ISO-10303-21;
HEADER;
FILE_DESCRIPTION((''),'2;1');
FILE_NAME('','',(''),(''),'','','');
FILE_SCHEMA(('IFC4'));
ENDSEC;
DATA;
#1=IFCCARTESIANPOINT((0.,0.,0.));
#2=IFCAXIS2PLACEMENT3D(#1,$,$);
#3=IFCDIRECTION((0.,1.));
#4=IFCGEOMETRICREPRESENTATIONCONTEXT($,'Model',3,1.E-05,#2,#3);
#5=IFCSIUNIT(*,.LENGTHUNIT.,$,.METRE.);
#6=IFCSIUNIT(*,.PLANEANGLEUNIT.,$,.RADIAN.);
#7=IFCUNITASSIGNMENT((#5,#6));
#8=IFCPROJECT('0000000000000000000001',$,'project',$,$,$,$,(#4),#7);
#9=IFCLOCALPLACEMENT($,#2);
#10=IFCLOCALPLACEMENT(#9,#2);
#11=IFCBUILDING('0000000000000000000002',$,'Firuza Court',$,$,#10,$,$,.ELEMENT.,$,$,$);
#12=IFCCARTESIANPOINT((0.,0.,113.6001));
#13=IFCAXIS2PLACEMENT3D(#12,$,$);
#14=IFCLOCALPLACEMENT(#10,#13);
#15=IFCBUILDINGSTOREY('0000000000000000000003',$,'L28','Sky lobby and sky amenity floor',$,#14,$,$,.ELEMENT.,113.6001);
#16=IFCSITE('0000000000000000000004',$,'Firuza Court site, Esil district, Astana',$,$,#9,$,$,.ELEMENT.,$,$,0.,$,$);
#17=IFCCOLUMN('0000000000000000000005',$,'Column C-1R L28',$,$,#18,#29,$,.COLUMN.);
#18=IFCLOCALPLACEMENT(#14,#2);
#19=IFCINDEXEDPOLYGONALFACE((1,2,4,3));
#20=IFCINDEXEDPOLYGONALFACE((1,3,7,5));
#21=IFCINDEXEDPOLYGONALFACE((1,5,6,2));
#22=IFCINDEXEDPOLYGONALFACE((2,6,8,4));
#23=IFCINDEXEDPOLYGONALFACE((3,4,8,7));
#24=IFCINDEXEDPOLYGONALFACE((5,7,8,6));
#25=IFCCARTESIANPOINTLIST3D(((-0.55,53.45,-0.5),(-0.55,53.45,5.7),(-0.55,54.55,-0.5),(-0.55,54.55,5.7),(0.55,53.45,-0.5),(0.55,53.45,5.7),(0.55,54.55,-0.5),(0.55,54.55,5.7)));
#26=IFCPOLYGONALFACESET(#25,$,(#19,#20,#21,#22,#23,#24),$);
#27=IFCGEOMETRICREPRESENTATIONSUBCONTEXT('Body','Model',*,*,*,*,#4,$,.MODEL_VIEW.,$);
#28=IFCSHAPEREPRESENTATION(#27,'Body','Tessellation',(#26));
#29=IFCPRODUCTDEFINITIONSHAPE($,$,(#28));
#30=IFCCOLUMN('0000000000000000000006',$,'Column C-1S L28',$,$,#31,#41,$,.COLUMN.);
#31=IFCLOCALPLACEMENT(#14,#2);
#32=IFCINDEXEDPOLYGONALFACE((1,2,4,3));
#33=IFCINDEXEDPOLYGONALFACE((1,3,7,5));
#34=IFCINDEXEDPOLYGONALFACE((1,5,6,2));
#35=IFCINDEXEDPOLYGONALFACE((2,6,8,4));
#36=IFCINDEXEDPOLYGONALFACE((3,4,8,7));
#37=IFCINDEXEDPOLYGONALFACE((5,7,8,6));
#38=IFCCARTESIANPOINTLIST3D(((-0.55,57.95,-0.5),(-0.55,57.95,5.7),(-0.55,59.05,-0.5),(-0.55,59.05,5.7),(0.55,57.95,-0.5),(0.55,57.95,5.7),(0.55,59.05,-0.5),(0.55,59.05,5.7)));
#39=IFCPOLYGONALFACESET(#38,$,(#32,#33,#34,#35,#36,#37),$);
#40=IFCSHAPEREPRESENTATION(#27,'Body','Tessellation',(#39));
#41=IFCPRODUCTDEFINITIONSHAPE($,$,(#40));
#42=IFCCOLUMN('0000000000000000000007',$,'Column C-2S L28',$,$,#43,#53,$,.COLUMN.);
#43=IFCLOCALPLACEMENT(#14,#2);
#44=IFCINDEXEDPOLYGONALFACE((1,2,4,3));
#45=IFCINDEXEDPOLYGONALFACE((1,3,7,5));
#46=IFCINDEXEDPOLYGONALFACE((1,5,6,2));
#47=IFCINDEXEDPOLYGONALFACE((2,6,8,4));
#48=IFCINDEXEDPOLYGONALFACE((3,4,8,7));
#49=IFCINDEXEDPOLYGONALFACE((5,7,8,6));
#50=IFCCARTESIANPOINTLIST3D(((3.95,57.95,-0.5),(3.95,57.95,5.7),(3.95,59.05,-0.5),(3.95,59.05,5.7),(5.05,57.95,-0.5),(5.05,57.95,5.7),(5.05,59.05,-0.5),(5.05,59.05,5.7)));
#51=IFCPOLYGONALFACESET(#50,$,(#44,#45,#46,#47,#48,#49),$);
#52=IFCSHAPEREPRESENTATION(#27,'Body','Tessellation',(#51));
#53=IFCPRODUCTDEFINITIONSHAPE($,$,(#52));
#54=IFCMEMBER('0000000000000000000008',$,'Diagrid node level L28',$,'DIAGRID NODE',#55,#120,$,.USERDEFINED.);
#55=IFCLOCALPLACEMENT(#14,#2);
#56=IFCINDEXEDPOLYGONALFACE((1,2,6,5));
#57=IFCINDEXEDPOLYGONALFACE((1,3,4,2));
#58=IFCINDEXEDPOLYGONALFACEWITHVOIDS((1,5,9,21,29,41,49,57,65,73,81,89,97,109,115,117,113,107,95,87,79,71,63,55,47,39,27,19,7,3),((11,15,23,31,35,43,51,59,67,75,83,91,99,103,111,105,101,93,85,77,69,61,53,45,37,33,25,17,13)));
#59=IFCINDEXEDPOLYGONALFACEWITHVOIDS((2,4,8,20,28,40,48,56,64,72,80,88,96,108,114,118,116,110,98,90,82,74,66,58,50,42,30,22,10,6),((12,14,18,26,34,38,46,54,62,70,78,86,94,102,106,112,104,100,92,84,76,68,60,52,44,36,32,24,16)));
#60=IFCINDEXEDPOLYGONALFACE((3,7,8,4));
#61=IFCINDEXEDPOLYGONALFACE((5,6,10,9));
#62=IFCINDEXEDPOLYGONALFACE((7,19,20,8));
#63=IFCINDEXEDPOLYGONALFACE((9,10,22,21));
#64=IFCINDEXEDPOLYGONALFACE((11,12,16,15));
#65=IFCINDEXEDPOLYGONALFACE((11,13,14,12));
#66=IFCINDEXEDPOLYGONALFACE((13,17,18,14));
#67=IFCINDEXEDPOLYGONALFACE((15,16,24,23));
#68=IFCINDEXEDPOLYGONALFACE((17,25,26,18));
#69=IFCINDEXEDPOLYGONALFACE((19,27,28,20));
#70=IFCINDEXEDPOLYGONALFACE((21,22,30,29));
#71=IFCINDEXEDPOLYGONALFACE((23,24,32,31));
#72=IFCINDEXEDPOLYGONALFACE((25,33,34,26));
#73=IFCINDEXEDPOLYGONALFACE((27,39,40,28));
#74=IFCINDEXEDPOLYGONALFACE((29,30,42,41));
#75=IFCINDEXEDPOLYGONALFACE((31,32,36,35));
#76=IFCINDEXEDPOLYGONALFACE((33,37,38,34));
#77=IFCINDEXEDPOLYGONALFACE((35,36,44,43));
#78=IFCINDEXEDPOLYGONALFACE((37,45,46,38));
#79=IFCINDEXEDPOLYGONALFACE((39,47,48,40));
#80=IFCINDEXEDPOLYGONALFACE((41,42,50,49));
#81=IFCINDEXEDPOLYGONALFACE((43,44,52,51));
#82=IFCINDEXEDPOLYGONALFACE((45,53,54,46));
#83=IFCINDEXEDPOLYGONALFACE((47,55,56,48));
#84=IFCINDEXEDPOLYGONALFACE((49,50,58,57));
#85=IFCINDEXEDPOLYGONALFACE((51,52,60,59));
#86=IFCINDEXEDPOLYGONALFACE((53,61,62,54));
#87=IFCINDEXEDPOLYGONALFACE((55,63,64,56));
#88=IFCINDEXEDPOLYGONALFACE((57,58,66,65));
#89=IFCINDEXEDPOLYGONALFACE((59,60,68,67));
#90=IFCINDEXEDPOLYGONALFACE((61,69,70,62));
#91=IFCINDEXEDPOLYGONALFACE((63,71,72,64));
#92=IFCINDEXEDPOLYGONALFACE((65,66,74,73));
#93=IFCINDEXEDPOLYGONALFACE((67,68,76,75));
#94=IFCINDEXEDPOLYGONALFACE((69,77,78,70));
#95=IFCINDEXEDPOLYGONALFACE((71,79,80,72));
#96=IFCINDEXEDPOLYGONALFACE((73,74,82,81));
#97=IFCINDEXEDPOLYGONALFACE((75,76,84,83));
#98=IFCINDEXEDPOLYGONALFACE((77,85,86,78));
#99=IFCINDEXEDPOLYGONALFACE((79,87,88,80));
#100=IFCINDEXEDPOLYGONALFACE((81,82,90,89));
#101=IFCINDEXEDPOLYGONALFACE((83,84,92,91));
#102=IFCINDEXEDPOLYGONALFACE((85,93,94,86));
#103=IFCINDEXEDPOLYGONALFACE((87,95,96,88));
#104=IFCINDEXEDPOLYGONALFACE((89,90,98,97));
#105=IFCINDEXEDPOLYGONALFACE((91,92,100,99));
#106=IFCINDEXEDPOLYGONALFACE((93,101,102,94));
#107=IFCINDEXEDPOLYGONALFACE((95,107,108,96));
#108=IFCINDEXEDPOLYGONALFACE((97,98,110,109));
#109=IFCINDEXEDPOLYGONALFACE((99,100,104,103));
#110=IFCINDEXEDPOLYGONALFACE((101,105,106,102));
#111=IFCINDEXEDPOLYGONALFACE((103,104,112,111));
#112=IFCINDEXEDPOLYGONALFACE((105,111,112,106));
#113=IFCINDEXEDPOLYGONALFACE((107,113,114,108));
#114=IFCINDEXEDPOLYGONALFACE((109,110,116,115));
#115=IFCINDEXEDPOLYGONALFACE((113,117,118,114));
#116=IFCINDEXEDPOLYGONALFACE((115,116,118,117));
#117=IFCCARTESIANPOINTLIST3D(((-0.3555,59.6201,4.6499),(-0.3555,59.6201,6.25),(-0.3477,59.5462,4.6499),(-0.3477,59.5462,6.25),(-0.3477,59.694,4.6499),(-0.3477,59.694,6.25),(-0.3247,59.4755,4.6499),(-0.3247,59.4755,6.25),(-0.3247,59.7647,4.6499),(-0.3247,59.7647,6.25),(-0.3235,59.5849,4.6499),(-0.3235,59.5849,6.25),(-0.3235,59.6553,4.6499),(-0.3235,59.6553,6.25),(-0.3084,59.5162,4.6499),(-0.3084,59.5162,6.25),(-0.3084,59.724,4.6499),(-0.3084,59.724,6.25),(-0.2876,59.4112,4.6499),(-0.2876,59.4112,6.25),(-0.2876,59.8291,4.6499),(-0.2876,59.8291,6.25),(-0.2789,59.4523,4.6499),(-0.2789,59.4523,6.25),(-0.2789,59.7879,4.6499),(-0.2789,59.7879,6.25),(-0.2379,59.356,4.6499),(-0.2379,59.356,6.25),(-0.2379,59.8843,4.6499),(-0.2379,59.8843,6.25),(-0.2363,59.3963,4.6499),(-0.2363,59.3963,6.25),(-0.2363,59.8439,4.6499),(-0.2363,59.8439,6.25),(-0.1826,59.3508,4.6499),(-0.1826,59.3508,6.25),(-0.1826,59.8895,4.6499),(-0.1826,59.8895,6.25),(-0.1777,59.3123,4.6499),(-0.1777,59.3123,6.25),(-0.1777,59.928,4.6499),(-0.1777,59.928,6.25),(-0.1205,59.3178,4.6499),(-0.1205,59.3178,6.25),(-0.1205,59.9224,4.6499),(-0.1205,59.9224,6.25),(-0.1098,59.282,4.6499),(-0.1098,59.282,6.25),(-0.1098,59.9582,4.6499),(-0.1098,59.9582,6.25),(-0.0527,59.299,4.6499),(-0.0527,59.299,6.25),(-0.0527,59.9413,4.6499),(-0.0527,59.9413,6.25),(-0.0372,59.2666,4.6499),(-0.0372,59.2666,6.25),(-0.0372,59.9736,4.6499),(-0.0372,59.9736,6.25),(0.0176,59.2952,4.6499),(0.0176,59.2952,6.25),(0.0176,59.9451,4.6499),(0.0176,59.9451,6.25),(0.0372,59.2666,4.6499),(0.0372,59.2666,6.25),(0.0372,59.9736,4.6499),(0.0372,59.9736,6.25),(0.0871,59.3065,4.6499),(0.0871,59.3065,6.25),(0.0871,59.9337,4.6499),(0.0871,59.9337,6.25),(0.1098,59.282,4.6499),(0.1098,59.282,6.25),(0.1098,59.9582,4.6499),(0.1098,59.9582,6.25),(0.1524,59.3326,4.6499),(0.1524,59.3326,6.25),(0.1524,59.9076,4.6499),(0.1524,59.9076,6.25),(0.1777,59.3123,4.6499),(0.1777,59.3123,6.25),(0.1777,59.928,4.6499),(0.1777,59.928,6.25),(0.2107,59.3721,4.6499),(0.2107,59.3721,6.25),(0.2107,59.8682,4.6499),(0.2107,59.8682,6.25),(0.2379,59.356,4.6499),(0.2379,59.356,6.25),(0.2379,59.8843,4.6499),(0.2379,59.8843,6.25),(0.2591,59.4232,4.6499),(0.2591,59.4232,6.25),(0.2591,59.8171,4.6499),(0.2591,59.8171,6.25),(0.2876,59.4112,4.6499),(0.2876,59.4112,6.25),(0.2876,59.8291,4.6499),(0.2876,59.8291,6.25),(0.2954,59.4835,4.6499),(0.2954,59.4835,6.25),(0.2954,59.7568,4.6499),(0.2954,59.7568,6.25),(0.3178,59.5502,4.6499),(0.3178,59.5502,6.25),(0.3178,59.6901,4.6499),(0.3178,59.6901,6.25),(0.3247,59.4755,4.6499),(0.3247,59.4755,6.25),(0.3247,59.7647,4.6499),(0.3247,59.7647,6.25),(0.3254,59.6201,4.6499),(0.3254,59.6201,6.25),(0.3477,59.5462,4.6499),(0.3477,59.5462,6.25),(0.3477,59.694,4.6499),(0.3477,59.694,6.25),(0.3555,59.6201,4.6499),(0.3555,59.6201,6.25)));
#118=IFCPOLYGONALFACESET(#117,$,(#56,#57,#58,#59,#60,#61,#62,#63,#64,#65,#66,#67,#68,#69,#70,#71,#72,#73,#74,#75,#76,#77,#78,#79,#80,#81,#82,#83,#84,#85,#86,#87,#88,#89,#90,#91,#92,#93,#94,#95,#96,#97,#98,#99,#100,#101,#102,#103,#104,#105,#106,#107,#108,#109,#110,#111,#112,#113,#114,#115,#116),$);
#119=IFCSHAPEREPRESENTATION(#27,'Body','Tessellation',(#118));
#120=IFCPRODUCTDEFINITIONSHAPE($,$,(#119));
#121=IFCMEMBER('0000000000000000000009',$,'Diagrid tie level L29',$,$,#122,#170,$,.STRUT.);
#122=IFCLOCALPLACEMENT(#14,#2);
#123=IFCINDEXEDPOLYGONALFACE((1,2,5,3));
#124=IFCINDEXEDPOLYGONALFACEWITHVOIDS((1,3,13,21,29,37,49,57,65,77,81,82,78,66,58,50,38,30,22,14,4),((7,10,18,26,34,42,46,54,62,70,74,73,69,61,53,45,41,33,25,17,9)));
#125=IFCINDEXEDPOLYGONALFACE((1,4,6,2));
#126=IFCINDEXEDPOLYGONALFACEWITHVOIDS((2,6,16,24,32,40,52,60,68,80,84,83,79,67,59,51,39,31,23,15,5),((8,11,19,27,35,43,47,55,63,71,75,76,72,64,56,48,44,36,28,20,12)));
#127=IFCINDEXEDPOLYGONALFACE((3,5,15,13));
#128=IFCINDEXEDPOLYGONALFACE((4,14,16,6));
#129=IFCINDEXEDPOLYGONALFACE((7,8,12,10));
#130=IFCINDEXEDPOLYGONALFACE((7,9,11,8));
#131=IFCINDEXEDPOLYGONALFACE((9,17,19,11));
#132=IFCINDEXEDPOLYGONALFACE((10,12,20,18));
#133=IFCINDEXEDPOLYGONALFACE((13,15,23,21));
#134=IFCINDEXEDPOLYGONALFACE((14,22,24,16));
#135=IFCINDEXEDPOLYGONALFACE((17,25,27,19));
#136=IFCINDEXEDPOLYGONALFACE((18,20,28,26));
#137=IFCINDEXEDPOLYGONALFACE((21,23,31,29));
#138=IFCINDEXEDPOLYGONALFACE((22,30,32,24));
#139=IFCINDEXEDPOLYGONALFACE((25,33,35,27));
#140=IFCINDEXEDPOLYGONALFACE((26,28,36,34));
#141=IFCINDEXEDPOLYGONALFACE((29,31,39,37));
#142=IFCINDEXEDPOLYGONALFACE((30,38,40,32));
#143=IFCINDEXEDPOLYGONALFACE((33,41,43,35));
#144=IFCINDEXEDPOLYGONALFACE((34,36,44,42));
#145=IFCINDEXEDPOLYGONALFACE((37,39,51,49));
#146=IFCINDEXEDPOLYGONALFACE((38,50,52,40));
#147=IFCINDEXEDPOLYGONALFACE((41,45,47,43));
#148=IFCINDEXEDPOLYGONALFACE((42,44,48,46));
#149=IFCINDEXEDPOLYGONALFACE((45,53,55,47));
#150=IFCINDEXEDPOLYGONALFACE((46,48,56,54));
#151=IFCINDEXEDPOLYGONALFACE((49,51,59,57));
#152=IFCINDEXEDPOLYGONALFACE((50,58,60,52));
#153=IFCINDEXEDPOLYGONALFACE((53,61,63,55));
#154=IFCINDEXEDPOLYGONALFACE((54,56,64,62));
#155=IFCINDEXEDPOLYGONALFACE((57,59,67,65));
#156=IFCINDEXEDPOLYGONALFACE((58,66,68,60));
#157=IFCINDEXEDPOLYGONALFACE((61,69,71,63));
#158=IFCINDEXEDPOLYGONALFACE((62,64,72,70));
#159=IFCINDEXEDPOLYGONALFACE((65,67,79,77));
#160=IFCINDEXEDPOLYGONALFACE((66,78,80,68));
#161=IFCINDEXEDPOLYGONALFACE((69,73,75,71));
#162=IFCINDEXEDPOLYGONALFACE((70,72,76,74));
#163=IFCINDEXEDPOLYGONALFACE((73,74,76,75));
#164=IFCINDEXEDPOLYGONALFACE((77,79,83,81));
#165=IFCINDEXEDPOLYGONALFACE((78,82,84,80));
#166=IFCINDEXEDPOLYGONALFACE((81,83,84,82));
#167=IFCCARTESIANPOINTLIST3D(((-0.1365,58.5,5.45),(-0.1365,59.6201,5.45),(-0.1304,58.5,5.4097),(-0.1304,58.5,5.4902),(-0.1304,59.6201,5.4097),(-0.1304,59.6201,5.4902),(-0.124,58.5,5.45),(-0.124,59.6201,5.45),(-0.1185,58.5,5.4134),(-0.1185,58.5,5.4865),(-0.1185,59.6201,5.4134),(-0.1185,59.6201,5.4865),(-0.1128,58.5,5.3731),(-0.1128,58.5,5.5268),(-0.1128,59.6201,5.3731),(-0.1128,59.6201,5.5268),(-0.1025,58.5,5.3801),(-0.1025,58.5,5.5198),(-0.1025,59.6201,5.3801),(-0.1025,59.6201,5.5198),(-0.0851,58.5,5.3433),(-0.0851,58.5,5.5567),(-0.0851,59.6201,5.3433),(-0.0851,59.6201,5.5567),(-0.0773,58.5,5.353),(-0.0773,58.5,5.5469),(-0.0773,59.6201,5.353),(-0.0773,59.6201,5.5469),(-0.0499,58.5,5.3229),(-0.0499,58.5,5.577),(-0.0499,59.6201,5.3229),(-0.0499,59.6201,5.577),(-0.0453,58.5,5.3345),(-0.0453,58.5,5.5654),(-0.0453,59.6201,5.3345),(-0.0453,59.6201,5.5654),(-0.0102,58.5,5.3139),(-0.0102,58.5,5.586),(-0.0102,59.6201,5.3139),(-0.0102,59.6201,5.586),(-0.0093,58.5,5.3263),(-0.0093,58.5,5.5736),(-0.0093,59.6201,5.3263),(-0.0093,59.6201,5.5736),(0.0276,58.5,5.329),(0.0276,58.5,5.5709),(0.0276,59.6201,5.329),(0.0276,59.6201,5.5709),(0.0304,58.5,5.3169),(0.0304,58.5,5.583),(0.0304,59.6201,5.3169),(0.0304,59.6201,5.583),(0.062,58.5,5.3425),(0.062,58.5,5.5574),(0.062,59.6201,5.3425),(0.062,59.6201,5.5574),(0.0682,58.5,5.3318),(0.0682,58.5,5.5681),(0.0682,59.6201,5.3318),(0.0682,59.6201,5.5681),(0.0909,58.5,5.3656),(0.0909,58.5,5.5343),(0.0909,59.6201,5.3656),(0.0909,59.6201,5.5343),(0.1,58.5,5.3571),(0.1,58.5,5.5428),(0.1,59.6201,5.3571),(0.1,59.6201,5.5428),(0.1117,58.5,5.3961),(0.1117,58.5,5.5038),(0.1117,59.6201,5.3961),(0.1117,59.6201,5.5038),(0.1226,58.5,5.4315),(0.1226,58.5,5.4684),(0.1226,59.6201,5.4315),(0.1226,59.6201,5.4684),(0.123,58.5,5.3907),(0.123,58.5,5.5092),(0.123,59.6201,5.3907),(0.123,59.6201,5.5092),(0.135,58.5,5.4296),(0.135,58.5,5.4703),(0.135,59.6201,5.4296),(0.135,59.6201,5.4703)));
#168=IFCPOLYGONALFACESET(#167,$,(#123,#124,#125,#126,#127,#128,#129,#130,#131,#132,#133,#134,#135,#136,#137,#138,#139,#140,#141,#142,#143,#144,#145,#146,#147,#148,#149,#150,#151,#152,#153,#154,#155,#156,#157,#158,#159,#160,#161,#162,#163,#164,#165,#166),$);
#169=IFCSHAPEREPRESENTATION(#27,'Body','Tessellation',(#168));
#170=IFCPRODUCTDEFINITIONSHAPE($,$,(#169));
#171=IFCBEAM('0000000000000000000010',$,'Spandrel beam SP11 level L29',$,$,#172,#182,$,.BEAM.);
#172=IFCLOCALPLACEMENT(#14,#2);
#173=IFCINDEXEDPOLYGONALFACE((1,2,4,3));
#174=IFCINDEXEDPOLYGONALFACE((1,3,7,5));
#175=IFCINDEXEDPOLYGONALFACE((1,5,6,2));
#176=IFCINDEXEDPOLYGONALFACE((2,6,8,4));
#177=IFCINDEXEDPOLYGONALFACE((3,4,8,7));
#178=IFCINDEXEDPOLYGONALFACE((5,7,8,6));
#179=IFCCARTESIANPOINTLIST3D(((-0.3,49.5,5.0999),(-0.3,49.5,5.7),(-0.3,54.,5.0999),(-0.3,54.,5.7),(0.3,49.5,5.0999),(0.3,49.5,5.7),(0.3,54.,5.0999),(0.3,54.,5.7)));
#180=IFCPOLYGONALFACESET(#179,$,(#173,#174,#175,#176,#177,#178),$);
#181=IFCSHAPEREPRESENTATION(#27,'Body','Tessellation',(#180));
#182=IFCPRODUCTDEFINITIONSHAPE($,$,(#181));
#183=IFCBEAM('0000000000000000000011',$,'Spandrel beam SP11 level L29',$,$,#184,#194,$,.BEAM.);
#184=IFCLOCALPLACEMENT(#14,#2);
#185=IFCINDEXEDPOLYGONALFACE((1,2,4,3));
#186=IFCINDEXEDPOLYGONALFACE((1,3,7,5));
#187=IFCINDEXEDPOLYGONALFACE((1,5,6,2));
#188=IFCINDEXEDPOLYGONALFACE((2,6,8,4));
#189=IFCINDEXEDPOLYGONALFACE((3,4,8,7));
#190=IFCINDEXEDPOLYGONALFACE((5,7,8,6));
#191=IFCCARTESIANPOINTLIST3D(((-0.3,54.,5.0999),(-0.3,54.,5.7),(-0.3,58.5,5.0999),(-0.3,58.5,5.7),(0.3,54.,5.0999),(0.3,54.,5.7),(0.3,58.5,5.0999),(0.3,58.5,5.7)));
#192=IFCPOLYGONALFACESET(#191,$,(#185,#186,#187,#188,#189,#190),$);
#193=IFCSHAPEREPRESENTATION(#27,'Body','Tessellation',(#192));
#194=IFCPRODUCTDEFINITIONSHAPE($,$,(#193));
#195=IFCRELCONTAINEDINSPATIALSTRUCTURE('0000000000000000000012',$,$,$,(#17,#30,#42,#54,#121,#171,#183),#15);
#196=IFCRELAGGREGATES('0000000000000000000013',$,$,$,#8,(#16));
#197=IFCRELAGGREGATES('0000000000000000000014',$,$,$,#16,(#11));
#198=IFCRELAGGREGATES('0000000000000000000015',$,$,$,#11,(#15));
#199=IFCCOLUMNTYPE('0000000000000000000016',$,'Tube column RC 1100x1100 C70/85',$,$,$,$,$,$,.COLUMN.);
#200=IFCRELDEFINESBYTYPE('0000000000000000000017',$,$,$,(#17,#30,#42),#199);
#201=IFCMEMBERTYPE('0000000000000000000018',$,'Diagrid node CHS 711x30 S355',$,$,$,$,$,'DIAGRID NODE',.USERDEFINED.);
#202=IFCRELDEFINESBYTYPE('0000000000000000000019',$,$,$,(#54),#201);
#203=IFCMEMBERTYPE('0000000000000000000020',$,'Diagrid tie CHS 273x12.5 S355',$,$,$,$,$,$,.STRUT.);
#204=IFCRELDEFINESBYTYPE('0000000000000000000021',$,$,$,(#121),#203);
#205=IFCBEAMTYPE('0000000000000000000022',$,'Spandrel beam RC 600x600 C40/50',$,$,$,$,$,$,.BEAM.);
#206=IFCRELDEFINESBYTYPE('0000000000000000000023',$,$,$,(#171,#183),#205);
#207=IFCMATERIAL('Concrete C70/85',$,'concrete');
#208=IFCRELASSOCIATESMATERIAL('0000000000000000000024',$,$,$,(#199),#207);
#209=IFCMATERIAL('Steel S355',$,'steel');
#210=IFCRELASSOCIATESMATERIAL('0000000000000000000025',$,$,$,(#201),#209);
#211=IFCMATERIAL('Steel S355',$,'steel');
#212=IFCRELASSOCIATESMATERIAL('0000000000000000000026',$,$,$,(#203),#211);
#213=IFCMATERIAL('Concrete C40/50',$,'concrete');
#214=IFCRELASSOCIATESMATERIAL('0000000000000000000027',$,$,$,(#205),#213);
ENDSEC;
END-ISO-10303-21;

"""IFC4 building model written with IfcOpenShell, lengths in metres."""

from ifc_helpers import new_model, si_unit, direction, frame, origin, origin_2d, place, context, subcontext, project, spatial, rectangle, hollow_circle, extrude, material, material_profile, profile_set, type_object, element, save


model = new_model("IFC4")

# Units and contexts
model_context = context("Model", 3, precision=1e-05, world=origin(), true_north=direction((0.0, 1.0)))
body_context = subcontext(model_context, "Body", "Model", "MODEL_VIEW")
ifc_project = project(units=[si_unit("LENGTHUNIT", "METRE"), si_unit("PLANEANGLEUNIT", "RADIAN")], contexts=[model_context])

# Site, building, storey
site_placement = place(None, origin())
site = spatial("IfcSite", under=ifc_project, at=site_placement, Name="Firuza Court site, Esil district, Astana", CompositionType="ELEMENT", RefElevation=0.0)
building_placement = place(site_placement, origin())
building = spatial("IfcBuilding", under=site, at=building_placement, Name="Firuza Court", CompositionType="ELEMENT")
storey_placement = place(building_placement, frame((0.0, 0.0, 113.6001)))
storey = spatial("IfcBuildingStorey", under=building, at=storey_placement, Name="L28", Description="Sky lobby and sky amenity floor", CompositionType="ELEMENT", Elevation=113.6001)

# Columns
ifc_material_1 = material(Name="Concrete C70/85", Category="concrete")
ifc_material_profile_1 = material_profile(ifc_material_1, rectangle(XDim=1.1001, YDim=1.1001, at=origin_2d()), Name="RC 1100x1100")
ifc_profile_set_1 = profile_set([ifc_material_profile_1], Name="Concrete C70/85")
column_type = type_object("IfcColumnType", Name="Tube column RC 1100x1100 C70/85", PredefinedType="COLUMN", material=ifc_profile_set_1)
for number, where, z_axis, x_axis, name in (
    (1, (0.0, 54.0, -0.5), (0.0, 0.0, 1.0), (1.0, 0.0, 0.0), "Column C-1R L28"),
    (2, (0.0, 58.5, -0.5), (0.0, 0.0, 1.0), (1.0, 0.0, 0.0), "Column C-1S L28"),
    (3, (4.5, 58.5, -0.5), (0.0, 0.0, 1.0), (1.0, 0.0, 0.0), "Column C-2S L28"),
):
    element("IfcColumn", number, at=place(storey_placement, frame(where, z_axis=z_axis, x_axis=x_axis)), inside=storey, type_object=column_type, Name=name, PredefinedType="COLUMN", context=body_context, shape_type="SweptSolid", body=[
        extrude(rectangle(XDim=1.1001, YDim=1.1001, at=origin_2d()), origin(), (0.0, 0.0, 1.0), 6.2),
    ])

# Members
ifc_material_2 = material(Name="Steel S355", Category="steel")
ifc_material_profile_2 = material_profile(ifc_material_2, hollow_circle(Radius=0.3555, WallThickness=0.03, at=origin_2d()), Name="CHS 711x30")
ifc_profile_set_2 = profile_set([ifc_material_profile_2], Name="Steel S355")
member_type_1 = type_object("IfcMemberType", Name="Diagrid node CHS 711x30 S355", ElementType="DIAGRID NODE", PredefinedType="USERDEFINED", material=ifc_profile_set_2)
member_1_placement = place(storey_placement, frame((0.0, 59.6201, 4.6499), z_axis=(0.0, 0.0, 1.0), x_axis=(1.0, 0.0, 0.0)))
element("IfcMember", 4, at=member_1_placement, inside=storey, type_object=member_type_1, Name="Diagrid node level L28", ObjectType="DIAGRID NODE", PredefinedType="USERDEFINED", context=body_context, shape_type="SweptSolid", body=[
    extrude(hollow_circle(Radius=0.3555, WallThickness=0.03, at=origin_2d()), origin(), (0.0, 0.0, 1.0), 1.6001),
])
ifc_material_3 = material(Name="Steel S355", Category="steel")
ifc_material_profile_3 = material_profile(ifc_material_3, hollow_circle(Radius=0.1365, WallThickness=0.0125, at=origin_2d()), Name="CHS 273x12.5")
ifc_profile_set_3 = profile_set([ifc_material_profile_3], Name="Steel S355")
member_type_2 = type_object("IfcMemberType", Name="Diagrid tie CHS 273x12.5 S355", PredefinedType="STRUT", material=ifc_profile_set_3)
member_2_placement = place(storey_placement, frame((0.0, 58.5, 5.45), z_axis=(0.0, 1.0, 0.0), x_axis=(-1.0, 0.0, 0.0)))
element("IfcMember", 5, at=member_2_placement, inside=storey, type_object=member_type_2, Name="Diagrid tie level L29", PredefinedType="STRUT", context=body_context, shape_type="SweptSolid", body=[
    extrude(hollow_circle(Radius=0.1365, WallThickness=0.0125, at=origin_2d()), origin(), (0.0, 0.0, 1.0), 1.1201),
])

# Beams
ifc_material_4 = material(Name="Concrete C40/50", Category="concrete")
ifc_material_profile_4 = material_profile(ifc_material_4, rectangle(XDim=0.6001, YDim=0.6001, at=origin_2d()), Name="RC 600x600")
ifc_profile_set_4 = profile_set([ifc_material_profile_4], Name="Concrete C40/50")
beam_type = type_object("IfcBeamType", Name="Spandrel beam RC 600x600 C40/50", PredefinedType="BEAM", material=ifc_profile_set_4)
for number, where, z_axis, x_axis, name in (
    (6, (0.0, 54.0, 5.3999), (0.0, -1.0, 0.0), (1.0, 0.0, 0.0), "Spandrel beam SP11 level L29"),
    (7, (0.0, 58.5, 5.3999), (0.0, -1.0, 0.0), (1.0, 0.0, 0.0), "Spandrel beam SP11 level L29"),
):
    element("IfcBeam", number, at=place(storey_placement, frame(where, z_axis=z_axis, x_axis=x_axis)), inside=storey, type_object=beam_type, Name=name, PredefinedType="BEAM", context=body_context, shape_type="SweptSolid", body=[
        extrude(rectangle(XDim=0.6001, YDim=0.6001, at=origin_2d()), origin(), (0.0, 0.0, 1.0), 4.5),
    ])

save(model, "model.ifc")
